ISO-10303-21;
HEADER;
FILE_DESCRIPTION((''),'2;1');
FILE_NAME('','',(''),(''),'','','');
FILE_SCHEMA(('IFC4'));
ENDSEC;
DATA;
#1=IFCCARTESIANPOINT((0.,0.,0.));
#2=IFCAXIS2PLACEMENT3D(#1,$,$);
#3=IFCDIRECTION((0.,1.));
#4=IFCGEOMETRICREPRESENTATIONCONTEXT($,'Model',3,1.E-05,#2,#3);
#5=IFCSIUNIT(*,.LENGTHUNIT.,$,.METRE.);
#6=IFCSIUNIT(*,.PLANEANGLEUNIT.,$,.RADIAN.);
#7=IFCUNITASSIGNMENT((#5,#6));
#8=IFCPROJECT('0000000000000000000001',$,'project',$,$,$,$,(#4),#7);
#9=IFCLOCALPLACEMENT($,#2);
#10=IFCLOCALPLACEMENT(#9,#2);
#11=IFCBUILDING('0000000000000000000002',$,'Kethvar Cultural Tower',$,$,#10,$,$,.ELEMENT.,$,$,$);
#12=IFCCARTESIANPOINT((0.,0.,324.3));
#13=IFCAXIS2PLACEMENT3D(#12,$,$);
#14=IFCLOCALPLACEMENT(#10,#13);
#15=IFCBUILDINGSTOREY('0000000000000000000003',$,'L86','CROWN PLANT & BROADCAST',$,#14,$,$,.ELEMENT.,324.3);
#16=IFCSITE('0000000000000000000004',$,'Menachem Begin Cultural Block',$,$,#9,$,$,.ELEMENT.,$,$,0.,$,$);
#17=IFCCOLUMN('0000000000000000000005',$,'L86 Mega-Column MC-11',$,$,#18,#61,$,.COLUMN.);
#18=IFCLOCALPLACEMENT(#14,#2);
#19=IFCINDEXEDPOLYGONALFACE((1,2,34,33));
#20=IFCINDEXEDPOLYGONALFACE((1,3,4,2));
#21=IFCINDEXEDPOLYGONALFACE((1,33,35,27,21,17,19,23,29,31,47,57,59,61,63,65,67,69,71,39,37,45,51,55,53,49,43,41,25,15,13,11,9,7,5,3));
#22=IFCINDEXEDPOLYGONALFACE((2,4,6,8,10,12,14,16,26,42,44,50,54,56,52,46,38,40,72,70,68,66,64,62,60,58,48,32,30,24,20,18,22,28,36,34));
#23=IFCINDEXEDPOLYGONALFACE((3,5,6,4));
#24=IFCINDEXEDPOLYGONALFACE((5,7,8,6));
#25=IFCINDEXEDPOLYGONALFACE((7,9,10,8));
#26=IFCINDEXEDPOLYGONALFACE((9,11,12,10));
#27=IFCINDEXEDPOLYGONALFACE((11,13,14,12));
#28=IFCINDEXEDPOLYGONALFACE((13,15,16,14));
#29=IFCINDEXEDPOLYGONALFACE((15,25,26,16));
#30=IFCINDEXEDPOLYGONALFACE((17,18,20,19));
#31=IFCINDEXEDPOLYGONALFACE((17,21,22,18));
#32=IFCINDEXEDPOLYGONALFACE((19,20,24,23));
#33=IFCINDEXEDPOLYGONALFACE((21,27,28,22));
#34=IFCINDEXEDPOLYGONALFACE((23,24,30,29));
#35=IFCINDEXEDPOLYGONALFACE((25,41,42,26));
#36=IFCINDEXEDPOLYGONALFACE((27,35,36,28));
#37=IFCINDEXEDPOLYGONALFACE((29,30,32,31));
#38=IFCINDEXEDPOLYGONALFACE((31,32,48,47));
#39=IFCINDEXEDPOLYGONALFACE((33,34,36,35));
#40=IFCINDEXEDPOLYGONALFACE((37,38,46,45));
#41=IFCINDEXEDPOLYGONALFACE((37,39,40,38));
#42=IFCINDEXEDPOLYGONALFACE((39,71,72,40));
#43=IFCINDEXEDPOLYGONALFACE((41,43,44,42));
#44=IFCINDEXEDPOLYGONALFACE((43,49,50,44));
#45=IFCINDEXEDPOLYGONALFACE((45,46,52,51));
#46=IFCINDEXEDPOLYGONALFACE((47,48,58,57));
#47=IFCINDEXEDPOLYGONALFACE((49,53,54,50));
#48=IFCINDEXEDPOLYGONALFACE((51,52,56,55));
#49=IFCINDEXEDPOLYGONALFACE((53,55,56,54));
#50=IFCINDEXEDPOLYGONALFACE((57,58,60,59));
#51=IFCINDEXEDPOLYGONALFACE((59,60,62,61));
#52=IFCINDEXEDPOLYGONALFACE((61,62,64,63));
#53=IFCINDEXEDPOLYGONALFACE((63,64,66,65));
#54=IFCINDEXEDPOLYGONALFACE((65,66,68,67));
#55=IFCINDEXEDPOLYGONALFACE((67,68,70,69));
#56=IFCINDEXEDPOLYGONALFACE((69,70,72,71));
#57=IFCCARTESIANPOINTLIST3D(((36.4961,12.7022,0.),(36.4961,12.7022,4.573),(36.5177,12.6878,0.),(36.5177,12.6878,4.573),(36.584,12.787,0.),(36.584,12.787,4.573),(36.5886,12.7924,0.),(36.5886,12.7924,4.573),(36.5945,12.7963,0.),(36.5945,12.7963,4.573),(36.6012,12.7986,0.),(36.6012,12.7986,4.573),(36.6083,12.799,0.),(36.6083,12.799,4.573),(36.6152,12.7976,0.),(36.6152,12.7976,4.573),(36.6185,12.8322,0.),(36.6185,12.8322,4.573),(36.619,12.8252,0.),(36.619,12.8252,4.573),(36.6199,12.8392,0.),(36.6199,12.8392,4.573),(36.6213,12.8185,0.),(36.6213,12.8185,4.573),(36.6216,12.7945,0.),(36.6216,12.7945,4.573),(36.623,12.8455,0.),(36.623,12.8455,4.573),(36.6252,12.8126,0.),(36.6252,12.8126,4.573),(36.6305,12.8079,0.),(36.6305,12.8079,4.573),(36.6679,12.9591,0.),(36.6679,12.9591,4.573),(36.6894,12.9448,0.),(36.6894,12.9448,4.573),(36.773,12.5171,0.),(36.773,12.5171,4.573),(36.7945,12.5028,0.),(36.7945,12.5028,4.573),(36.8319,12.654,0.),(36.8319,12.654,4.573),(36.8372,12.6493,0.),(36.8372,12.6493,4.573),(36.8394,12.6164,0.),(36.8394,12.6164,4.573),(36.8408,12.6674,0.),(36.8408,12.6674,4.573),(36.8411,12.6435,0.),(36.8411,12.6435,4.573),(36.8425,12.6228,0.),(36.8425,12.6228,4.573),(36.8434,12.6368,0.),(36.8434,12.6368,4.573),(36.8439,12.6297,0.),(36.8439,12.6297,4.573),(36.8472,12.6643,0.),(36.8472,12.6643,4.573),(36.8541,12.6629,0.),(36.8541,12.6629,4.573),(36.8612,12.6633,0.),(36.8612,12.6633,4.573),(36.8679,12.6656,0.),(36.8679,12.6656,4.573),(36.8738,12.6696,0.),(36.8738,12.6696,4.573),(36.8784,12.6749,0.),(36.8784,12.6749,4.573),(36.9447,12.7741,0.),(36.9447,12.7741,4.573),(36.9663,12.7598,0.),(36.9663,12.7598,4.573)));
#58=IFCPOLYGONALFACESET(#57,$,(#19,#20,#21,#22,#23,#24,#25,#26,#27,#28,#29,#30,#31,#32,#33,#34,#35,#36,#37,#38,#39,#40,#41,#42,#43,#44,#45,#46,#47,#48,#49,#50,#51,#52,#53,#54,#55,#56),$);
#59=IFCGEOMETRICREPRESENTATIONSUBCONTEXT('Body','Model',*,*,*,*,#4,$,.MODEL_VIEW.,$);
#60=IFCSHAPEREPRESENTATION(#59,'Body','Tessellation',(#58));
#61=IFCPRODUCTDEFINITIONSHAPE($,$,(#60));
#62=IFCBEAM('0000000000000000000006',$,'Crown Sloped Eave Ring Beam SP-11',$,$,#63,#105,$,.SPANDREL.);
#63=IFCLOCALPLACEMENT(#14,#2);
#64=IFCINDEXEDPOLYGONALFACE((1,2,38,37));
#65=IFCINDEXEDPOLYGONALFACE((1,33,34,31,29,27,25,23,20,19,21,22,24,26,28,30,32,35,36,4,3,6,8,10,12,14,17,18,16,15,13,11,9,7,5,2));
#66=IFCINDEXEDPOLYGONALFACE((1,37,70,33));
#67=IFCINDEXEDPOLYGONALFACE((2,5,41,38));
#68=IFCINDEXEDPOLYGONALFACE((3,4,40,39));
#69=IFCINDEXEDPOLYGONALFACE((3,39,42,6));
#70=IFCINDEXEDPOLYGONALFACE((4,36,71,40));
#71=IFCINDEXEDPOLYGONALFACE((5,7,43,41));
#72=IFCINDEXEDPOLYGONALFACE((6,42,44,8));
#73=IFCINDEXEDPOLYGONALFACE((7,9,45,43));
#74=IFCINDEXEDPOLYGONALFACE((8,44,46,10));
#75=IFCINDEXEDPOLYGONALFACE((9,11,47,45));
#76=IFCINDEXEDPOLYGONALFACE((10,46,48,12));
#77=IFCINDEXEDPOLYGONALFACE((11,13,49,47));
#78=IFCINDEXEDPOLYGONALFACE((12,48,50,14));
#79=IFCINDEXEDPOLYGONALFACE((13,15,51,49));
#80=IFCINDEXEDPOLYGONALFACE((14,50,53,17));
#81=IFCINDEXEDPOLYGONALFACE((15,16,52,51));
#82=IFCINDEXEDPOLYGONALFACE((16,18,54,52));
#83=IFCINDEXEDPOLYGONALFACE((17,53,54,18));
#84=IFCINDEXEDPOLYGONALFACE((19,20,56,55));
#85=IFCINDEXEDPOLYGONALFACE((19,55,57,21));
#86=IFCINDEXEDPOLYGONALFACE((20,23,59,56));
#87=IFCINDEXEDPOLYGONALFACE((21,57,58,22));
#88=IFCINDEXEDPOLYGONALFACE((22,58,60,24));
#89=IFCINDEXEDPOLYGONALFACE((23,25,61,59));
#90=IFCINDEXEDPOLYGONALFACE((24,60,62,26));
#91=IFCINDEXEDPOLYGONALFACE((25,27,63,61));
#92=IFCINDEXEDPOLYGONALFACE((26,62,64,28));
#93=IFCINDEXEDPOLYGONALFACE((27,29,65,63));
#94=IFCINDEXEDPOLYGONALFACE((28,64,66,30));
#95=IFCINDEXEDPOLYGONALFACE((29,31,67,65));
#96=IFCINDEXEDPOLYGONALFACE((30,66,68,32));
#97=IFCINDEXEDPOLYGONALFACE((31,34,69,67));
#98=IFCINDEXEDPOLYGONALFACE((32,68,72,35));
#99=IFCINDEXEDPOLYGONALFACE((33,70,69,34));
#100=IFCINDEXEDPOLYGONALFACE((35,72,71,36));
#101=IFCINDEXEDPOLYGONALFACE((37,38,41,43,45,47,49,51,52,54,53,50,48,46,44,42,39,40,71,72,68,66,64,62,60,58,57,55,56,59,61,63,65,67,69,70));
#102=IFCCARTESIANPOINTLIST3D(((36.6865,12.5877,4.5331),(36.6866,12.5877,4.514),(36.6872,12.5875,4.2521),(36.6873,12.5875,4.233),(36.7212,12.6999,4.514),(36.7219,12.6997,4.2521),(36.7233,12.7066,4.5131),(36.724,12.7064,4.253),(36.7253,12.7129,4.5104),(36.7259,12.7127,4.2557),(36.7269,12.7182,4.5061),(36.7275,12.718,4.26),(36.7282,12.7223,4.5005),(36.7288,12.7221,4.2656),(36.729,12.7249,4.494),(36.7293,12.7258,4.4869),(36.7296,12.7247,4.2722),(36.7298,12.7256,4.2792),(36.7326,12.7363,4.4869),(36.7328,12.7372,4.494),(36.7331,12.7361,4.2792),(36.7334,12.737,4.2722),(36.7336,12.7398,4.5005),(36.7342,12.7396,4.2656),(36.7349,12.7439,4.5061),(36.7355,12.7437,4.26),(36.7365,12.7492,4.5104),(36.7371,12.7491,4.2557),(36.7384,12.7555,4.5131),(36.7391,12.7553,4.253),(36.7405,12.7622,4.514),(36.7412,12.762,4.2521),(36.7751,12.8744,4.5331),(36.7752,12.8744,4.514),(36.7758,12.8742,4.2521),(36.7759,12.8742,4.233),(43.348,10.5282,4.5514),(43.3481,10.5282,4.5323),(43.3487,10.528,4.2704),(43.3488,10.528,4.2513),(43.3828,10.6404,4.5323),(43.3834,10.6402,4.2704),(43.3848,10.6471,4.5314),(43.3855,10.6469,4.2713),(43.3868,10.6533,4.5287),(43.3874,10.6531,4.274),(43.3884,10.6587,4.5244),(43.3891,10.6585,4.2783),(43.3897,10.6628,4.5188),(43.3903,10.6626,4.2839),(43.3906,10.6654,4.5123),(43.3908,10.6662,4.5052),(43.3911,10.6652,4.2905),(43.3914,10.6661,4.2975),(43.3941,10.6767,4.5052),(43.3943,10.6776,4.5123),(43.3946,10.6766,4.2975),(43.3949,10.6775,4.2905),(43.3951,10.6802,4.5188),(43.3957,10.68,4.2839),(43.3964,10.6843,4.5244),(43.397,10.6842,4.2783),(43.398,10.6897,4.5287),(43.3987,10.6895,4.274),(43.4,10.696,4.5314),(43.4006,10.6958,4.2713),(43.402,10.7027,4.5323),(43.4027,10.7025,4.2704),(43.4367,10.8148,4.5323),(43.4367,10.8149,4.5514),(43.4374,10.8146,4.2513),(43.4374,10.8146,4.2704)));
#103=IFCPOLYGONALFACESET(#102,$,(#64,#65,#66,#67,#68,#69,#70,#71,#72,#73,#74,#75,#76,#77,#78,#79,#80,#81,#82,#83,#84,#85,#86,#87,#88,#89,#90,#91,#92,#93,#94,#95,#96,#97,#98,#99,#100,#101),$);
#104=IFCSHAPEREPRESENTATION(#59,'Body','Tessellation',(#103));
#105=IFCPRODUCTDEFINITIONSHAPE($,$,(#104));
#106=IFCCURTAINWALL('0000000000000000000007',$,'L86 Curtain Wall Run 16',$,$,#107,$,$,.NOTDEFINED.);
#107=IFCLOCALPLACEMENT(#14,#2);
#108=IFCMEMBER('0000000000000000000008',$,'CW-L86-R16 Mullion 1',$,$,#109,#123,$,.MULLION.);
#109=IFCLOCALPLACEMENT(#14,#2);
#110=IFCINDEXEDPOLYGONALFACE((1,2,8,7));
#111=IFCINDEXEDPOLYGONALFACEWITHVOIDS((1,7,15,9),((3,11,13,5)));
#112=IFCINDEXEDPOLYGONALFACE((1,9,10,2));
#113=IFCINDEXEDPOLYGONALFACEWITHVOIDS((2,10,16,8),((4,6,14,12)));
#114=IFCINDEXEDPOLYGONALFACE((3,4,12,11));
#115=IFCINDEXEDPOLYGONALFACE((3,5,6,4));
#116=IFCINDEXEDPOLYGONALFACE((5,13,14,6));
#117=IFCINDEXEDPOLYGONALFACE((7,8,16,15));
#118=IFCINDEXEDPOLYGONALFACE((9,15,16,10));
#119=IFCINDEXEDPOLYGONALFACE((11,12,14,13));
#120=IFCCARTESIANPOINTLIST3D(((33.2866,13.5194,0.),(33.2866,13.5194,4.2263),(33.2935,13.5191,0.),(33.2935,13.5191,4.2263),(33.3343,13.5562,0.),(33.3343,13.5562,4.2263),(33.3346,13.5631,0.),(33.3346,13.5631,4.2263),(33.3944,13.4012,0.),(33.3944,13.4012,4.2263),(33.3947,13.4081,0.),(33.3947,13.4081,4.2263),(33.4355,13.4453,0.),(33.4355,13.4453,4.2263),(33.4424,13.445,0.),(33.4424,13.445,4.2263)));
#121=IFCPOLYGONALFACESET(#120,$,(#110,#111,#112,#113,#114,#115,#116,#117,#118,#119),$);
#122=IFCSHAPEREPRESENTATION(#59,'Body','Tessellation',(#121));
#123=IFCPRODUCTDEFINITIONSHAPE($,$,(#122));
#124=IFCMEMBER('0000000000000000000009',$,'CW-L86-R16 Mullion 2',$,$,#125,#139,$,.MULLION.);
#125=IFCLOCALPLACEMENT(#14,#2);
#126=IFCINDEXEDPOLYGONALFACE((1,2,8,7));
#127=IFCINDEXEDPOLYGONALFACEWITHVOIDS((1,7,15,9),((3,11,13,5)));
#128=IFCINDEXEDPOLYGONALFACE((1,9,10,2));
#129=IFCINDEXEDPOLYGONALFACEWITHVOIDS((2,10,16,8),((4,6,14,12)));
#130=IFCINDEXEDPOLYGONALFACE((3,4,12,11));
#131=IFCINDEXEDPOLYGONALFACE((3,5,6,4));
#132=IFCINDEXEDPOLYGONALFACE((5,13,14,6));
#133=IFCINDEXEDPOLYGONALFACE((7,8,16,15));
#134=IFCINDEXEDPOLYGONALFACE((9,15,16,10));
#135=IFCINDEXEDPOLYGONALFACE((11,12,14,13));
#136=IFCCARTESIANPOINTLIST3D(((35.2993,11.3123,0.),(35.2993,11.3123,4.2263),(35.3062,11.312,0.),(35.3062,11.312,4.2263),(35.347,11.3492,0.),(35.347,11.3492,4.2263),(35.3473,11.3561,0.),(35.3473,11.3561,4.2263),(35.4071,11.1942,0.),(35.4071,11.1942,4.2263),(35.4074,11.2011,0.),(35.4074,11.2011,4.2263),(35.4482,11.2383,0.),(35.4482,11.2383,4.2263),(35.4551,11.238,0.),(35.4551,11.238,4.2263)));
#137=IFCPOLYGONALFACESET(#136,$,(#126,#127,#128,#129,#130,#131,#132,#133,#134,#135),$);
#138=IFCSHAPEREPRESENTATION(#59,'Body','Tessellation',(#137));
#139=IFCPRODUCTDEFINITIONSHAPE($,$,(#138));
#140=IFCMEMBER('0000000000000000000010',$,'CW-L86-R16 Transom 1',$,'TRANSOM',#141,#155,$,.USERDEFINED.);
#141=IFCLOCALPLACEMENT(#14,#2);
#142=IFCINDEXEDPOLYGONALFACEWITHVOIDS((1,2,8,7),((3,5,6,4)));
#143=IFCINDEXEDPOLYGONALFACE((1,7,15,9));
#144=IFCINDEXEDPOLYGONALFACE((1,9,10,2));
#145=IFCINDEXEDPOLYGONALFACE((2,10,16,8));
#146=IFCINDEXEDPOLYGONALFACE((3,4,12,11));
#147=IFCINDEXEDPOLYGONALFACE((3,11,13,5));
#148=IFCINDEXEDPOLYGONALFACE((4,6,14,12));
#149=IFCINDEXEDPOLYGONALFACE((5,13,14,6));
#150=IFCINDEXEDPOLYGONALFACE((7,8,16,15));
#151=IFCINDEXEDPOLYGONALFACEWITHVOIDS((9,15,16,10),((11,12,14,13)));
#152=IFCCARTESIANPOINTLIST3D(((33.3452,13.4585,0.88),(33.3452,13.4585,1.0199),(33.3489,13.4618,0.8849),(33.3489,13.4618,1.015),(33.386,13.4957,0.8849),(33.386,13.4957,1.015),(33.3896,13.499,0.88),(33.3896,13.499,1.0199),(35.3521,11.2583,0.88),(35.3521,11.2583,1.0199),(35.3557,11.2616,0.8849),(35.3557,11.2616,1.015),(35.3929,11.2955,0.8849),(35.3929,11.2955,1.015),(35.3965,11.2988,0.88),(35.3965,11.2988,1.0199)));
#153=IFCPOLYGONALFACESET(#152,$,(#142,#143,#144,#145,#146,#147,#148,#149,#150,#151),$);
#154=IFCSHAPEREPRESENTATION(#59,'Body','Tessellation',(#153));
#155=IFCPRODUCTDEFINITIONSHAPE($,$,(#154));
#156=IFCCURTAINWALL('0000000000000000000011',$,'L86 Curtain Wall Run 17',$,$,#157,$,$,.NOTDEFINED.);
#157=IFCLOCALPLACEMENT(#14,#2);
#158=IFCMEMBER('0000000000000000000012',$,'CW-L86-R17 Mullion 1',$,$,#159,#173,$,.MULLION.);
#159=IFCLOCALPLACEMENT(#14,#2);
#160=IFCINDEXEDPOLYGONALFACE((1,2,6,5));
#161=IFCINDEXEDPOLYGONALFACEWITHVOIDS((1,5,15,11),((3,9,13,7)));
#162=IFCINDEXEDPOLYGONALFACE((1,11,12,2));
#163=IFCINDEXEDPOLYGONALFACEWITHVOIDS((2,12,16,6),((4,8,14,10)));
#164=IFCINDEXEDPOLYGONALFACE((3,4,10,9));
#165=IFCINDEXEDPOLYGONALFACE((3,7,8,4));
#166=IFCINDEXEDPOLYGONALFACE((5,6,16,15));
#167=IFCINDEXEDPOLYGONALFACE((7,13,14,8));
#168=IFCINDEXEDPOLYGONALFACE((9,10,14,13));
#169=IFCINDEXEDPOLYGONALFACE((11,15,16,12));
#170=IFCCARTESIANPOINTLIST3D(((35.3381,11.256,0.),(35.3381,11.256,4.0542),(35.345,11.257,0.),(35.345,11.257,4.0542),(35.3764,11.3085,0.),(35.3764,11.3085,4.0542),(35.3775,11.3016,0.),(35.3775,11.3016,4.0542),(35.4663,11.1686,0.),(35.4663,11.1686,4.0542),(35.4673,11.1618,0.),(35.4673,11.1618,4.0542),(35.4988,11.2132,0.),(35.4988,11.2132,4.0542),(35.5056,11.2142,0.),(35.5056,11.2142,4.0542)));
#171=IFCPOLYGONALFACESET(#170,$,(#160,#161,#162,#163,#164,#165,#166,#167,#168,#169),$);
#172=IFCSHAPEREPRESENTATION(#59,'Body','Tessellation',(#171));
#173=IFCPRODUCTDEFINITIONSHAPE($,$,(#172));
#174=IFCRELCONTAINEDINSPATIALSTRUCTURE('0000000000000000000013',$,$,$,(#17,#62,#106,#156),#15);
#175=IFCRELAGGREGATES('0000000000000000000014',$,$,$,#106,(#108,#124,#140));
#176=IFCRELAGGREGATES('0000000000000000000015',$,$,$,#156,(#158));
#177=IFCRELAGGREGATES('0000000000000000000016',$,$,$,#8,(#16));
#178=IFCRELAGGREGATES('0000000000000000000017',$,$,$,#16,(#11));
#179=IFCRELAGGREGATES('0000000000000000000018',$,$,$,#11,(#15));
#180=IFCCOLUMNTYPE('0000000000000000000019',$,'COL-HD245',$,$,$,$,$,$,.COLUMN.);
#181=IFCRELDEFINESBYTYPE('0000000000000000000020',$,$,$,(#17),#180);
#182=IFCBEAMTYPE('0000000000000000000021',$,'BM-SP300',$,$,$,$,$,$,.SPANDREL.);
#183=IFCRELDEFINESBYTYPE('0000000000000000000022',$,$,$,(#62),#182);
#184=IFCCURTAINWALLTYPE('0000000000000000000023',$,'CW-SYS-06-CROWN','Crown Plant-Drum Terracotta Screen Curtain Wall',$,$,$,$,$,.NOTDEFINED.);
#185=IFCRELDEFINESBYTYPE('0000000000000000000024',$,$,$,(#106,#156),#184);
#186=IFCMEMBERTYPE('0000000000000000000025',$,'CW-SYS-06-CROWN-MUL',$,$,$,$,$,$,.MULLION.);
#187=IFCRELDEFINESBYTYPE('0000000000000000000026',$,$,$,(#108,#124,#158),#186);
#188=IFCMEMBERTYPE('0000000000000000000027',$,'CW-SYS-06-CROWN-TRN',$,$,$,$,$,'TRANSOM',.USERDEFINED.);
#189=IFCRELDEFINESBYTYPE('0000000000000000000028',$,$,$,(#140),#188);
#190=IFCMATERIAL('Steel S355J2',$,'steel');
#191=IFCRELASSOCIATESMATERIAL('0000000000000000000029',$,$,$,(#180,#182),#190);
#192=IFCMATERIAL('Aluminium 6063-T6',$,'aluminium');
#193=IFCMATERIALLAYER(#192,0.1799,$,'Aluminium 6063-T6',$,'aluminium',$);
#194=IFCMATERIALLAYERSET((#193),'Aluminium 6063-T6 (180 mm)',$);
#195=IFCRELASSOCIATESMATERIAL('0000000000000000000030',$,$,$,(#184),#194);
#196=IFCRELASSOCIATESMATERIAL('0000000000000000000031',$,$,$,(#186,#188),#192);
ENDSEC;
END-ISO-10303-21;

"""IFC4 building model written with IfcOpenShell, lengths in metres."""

from ifc_helpers import new_model, si_unit, direction, frame, origin, origin_2d, place, context, subcontext, project, spatial, hollow_rectangle, i_section, extrude, source, transform, mapped, material, layer, layer_set, material_profile, profile_set, type_object, element, aggregate, save


model = new_model("IFC4")

# Units and contexts
model_context = context("Model", 3, precision=1e-05, world=origin(), true_north=direction((0.0, 1.0)))
body_context = subcontext(model_context, "Body", "Model", "MODEL_VIEW")
ifc_project = project(units=[si_unit("LENGTHUNIT", "METRE"), si_unit("PLANEANGLEUNIT", "RADIAN")], contexts=[model_context])

# Site, building, storey
site_placement = place(None, origin())
site = spatial("IfcSite", under=ifc_project, at=site_placement, Name="Menachem Begin Cultural Block", CompositionType="ELEMENT", RefElevation=0.0)
building_placement = place(site_placement, origin())
building = spatial("IfcBuilding", under=site, at=building_placement, Name="Kethvar Cultural Tower", CompositionType="ELEMENT")
storey_placement = place(building_placement, frame((0.0, 0.0, 324.3)))
storey = spatial("IfcBuildingStorey", under=building, at=storey_placement, Name="L86", Description="CROWN PLANT & BROADCAST", CompositionType="ELEMENT", Elevation=324.3)

# Column
ifc_material_1 = material(Name="Steel S355J2", Category="steel")
ifc_material_profile_1 = material_profile(ifc_material_1, i_section(OverallWidth=0.3091, OverallDepth=0.3589, WebThickness=0.0161, FlangeThickness=0.0259, FilletRadius=0.0271, at=origin_2d()), Name="Steel S355J2 — HD320x245")
ifc_profile_set_1 = profile_set([ifc_material_profile_1], Name="Steel S355J2 — HD320x245")
column_type = type_object("IfcColumnType", Name="COL-HD245", PredefinedType="COLUMN", material=ifc_profile_set_1)
shared_shape_1 = source(origin(), body_context, "Body", "SweptSolid", [
    extrude(i_section(OverallWidth=0.3091, OverallDepth=0.3589, WebThickness=0.0161, FlangeThickness=0.0259, FilletRadius=0.0271, at=origin_2d()), origin(), (0.0, 0.0, 1.0), 4.573),
])
column_placement = place(storey_placement, frame((36.7312, 12.731, 0.0), z_axis=(0.0, 0.0, 1.0), x_axis=(-0.55557, -0.83147, 0.0)))
element("IfcColumn", 1, at=column_placement, inside=storey, type_object=column_type, Name="L86 Mega-Column MC-11", PredefinedType="COLUMN", context=body_context, shape_type="MappedRepresentation", body=[
    mapped(shared_shape_1, transform((0.0, 0.0, 0.0), scale=1.0)),
])

# Beam
ifc_material_profile_2 = material_profile(ifc_material_1, i_section(OverallWidth=0.3, OverallDepth=0.3, WebThickness=0.011, FlangeThickness=0.019, FilletRadius=0.0271, at=origin_2d()), Name="Steel S355J2 — HEB300")
ifc_profile_set_2 = profile_set([ifc_material_profile_2], Name="Steel S355J2 — HEB300")
beam_type = type_object("IfcBeamType", Name="BM-SP300", PredefinedType="SPANDREL", material=ifc_profile_set_2)
shared_shape_2 = source(origin(), body_context, "Body", "SweptSolid", [
    extrude(i_section(OverallWidth=0.3, OverallDepth=0.3, WebThickness=0.011, FlangeThickness=0.019, FilletRadius=0.0271, at=origin_2d()), origin(), (0.0, 0.0, 1.0), 6.9727),
])
beam_placement = place(storey_placement, frame((36.7312, 12.731, 4.3831), z_axis=(0.955378, -0.295374, 0.002626), x_axis=(0.295375, 0.955381, 0.0)))
element("IfcBeam", 2, at=beam_placement, inside=storey, type_object=beam_type, Name="Crown Sloped Eave Ring Beam SP-11", PredefinedType="SPANDREL", context=body_context, shape_type="MappedRepresentation", body=[
    mapped(shared_shape_2, transform((0.0, 0.0, 0.0), scale=1.0)),
])

# Curtain walls, members
ifc_material_2 = material(Name="Aluminium 6063-T6", Category="aluminium")
ifc_layer_1 = layer(ifc_material_2, 0.1799, Name="Aluminium 6063-T6", Category="aluminium")
ifc_layer_set_1 = layer_set([ifc_layer_1], Name="Aluminium 6063-T6 (180 mm)")
curtain_wall_type = type_object("IfcCurtainWallType", Name="CW-SYS-06-CROWN", Description="Crown Plant-Drum Terracotta Screen Curtain Wall", PredefinedType="NOTDEFINED", material=ifc_layer_set_1)
curtain_wall_1_placement = place(storey_placement, origin())
curtain_wall_1 = element("IfcCurtainWall", 3, at=curtain_wall_1_placement, inside=storey, type_object=curtain_wall_type, Name="L86 Curtain Wall Run 16", PredefinedType="NOTDEFINED")
ifc_material_profile_3 = material_profile(ifc_material_2, hollow_rectangle(XDim=0.0649, YDim=0.1599, WallThickness=0.0049, at=origin_2d()), Name="Aluminium 6063-T6 — RHS160x65x5")
ifc_profile_set_3 = profile_set([ifc_material_profile_3], Name="Aluminium 6063-T6 — RHS160x65x5")
member_type_1 = type_object("IfcMemberType", Name="CW-SYS-06-CROWN-MUL", PredefinedType="MULLION", material=ifc_profile_set_3)
shared_shape_3 = source(origin(), body_context, "Body", "SweptSolid", [
    extrude(hollow_rectangle(XDim=0.0649, YDim=0.1599, WallThickness=0.0049, at=origin_2d()), origin(), (0.0, 0.0, 1.0), 4.2263),
])
member_1_placement = place(storey_placement, frame((33.3645, 13.4822, 0.0), z_axis=(0.0, 0.0, 1.0), x_axis=(0.738832, 0.67389, 0.0)))
member_1 = element("IfcMember", 4, at=member_1_placement, type_object=member_type_1, Name="CW-L86-R16 Mullion 1", PredefinedType="MULLION", context=body_context, shape_type="MappedRepresentation", body=[
    mapped(shared_shape_3, transform((0.0, 0.0, 0.0), scale=1.0)),
])
member_2_placement = place(storey_placement, frame((35.3772, 11.2751, 0.0), z_axis=(0.0, 0.0, 1.0), x_axis=(0.738832, 0.67389, 0.0)))
member_2 = element("IfcMember", 5, at=member_2_placement, type_object=member_type_1, Name="CW-L86-R16 Mullion 2", PredefinedType="MULLION", context=body_context, shape_type="MappedRepresentation", body=[
    mapped(shared_shape_3, transform((0.0, 0.0, 0.0), scale=1.0)),
])
ifc_material_profile_4 = material_profile(ifc_material_2, hollow_rectangle(XDim=0.0601, YDim=0.1399, WallThickness=0.0049, at=origin_2d()), Name="Aluminium 6063-T6 — RHS140x60x5")
ifc_profile_set_4 = profile_set([ifc_material_profile_4], Name="Aluminium 6063-T6 — RHS140x60x5")
member_type_2 = type_object("IfcMemberType", Name="CW-SYS-06-CROWN-TRN", ElementType="TRANSOM", PredefinedType="USERDEFINED", material=ifc_profile_set_4)
shared_shape_4 = source(origin(), body_context, "Body", "SweptSolid", [
    extrude(hollow_rectangle(XDim=0.0601, YDim=0.1399, WallThickness=0.0049, at=origin_2d()), origin(), (0.0, 0.0, 1.0), 2.978),
])
member_3_placement = place(storey_placement, frame((33.3674, 13.4788, 0.95), z_axis=(0.673896, -0.738826, 0.0), x_axis=(0.738826, 0.673896, 0.0)))
member_3 = element("IfcMember", 6, at=member_3_placement, type_object=member_type_2, Name="CW-L86-R16 Transom 1", ObjectType="TRANSOM", PredefinedType="USERDEFINED", context=body_context, shape_type="MappedRepresentation", body=[
    mapped(shared_shape_4, transform((0.0, 0.0, 0.0), scale=1.0)),
])
curtain_wall_2_placement = place(storey_placement, origin())
curtain_wall_2 = element("IfcCurtainWall", 7, at=curtain_wall_2_placement, inside=storey, type_object=curtain_wall_type, Name="L86 Curtain Wall Run 17", PredefinedType="NOTDEFINED")
shared_shape_5 = source(origin(), body_context, "Body", "SweptSolid", [
    extrude(hollow_rectangle(XDim=0.0649, YDim=0.1599, WallThickness=0.0049, at=origin_2d()), origin(), (0.0, 0.0, 1.0), 4.0542),
])
member_4_placement = place(storey_placement, frame((35.4219, 11.2351, 0.0), z_axis=(0.0, 0.0, 1.0), x_axis=(0.589182, 0.808, 0.0)))
member_4 = element("IfcMember", 8, at=member_4_placement, type_object=member_type_1, Name="CW-L86-R17 Mullion 1", PredefinedType="MULLION", context=body_context, shape_type="MappedRepresentation", body=[
    mapped(shared_shape_5, transform((0.0, 0.0, 0.0), scale=1.0)),
])

aggregate(curtain_wall_1, [member_1, member_2, member_3])
aggregate(curtain_wall_2, [member_4])

save(model, "model.ifc")
